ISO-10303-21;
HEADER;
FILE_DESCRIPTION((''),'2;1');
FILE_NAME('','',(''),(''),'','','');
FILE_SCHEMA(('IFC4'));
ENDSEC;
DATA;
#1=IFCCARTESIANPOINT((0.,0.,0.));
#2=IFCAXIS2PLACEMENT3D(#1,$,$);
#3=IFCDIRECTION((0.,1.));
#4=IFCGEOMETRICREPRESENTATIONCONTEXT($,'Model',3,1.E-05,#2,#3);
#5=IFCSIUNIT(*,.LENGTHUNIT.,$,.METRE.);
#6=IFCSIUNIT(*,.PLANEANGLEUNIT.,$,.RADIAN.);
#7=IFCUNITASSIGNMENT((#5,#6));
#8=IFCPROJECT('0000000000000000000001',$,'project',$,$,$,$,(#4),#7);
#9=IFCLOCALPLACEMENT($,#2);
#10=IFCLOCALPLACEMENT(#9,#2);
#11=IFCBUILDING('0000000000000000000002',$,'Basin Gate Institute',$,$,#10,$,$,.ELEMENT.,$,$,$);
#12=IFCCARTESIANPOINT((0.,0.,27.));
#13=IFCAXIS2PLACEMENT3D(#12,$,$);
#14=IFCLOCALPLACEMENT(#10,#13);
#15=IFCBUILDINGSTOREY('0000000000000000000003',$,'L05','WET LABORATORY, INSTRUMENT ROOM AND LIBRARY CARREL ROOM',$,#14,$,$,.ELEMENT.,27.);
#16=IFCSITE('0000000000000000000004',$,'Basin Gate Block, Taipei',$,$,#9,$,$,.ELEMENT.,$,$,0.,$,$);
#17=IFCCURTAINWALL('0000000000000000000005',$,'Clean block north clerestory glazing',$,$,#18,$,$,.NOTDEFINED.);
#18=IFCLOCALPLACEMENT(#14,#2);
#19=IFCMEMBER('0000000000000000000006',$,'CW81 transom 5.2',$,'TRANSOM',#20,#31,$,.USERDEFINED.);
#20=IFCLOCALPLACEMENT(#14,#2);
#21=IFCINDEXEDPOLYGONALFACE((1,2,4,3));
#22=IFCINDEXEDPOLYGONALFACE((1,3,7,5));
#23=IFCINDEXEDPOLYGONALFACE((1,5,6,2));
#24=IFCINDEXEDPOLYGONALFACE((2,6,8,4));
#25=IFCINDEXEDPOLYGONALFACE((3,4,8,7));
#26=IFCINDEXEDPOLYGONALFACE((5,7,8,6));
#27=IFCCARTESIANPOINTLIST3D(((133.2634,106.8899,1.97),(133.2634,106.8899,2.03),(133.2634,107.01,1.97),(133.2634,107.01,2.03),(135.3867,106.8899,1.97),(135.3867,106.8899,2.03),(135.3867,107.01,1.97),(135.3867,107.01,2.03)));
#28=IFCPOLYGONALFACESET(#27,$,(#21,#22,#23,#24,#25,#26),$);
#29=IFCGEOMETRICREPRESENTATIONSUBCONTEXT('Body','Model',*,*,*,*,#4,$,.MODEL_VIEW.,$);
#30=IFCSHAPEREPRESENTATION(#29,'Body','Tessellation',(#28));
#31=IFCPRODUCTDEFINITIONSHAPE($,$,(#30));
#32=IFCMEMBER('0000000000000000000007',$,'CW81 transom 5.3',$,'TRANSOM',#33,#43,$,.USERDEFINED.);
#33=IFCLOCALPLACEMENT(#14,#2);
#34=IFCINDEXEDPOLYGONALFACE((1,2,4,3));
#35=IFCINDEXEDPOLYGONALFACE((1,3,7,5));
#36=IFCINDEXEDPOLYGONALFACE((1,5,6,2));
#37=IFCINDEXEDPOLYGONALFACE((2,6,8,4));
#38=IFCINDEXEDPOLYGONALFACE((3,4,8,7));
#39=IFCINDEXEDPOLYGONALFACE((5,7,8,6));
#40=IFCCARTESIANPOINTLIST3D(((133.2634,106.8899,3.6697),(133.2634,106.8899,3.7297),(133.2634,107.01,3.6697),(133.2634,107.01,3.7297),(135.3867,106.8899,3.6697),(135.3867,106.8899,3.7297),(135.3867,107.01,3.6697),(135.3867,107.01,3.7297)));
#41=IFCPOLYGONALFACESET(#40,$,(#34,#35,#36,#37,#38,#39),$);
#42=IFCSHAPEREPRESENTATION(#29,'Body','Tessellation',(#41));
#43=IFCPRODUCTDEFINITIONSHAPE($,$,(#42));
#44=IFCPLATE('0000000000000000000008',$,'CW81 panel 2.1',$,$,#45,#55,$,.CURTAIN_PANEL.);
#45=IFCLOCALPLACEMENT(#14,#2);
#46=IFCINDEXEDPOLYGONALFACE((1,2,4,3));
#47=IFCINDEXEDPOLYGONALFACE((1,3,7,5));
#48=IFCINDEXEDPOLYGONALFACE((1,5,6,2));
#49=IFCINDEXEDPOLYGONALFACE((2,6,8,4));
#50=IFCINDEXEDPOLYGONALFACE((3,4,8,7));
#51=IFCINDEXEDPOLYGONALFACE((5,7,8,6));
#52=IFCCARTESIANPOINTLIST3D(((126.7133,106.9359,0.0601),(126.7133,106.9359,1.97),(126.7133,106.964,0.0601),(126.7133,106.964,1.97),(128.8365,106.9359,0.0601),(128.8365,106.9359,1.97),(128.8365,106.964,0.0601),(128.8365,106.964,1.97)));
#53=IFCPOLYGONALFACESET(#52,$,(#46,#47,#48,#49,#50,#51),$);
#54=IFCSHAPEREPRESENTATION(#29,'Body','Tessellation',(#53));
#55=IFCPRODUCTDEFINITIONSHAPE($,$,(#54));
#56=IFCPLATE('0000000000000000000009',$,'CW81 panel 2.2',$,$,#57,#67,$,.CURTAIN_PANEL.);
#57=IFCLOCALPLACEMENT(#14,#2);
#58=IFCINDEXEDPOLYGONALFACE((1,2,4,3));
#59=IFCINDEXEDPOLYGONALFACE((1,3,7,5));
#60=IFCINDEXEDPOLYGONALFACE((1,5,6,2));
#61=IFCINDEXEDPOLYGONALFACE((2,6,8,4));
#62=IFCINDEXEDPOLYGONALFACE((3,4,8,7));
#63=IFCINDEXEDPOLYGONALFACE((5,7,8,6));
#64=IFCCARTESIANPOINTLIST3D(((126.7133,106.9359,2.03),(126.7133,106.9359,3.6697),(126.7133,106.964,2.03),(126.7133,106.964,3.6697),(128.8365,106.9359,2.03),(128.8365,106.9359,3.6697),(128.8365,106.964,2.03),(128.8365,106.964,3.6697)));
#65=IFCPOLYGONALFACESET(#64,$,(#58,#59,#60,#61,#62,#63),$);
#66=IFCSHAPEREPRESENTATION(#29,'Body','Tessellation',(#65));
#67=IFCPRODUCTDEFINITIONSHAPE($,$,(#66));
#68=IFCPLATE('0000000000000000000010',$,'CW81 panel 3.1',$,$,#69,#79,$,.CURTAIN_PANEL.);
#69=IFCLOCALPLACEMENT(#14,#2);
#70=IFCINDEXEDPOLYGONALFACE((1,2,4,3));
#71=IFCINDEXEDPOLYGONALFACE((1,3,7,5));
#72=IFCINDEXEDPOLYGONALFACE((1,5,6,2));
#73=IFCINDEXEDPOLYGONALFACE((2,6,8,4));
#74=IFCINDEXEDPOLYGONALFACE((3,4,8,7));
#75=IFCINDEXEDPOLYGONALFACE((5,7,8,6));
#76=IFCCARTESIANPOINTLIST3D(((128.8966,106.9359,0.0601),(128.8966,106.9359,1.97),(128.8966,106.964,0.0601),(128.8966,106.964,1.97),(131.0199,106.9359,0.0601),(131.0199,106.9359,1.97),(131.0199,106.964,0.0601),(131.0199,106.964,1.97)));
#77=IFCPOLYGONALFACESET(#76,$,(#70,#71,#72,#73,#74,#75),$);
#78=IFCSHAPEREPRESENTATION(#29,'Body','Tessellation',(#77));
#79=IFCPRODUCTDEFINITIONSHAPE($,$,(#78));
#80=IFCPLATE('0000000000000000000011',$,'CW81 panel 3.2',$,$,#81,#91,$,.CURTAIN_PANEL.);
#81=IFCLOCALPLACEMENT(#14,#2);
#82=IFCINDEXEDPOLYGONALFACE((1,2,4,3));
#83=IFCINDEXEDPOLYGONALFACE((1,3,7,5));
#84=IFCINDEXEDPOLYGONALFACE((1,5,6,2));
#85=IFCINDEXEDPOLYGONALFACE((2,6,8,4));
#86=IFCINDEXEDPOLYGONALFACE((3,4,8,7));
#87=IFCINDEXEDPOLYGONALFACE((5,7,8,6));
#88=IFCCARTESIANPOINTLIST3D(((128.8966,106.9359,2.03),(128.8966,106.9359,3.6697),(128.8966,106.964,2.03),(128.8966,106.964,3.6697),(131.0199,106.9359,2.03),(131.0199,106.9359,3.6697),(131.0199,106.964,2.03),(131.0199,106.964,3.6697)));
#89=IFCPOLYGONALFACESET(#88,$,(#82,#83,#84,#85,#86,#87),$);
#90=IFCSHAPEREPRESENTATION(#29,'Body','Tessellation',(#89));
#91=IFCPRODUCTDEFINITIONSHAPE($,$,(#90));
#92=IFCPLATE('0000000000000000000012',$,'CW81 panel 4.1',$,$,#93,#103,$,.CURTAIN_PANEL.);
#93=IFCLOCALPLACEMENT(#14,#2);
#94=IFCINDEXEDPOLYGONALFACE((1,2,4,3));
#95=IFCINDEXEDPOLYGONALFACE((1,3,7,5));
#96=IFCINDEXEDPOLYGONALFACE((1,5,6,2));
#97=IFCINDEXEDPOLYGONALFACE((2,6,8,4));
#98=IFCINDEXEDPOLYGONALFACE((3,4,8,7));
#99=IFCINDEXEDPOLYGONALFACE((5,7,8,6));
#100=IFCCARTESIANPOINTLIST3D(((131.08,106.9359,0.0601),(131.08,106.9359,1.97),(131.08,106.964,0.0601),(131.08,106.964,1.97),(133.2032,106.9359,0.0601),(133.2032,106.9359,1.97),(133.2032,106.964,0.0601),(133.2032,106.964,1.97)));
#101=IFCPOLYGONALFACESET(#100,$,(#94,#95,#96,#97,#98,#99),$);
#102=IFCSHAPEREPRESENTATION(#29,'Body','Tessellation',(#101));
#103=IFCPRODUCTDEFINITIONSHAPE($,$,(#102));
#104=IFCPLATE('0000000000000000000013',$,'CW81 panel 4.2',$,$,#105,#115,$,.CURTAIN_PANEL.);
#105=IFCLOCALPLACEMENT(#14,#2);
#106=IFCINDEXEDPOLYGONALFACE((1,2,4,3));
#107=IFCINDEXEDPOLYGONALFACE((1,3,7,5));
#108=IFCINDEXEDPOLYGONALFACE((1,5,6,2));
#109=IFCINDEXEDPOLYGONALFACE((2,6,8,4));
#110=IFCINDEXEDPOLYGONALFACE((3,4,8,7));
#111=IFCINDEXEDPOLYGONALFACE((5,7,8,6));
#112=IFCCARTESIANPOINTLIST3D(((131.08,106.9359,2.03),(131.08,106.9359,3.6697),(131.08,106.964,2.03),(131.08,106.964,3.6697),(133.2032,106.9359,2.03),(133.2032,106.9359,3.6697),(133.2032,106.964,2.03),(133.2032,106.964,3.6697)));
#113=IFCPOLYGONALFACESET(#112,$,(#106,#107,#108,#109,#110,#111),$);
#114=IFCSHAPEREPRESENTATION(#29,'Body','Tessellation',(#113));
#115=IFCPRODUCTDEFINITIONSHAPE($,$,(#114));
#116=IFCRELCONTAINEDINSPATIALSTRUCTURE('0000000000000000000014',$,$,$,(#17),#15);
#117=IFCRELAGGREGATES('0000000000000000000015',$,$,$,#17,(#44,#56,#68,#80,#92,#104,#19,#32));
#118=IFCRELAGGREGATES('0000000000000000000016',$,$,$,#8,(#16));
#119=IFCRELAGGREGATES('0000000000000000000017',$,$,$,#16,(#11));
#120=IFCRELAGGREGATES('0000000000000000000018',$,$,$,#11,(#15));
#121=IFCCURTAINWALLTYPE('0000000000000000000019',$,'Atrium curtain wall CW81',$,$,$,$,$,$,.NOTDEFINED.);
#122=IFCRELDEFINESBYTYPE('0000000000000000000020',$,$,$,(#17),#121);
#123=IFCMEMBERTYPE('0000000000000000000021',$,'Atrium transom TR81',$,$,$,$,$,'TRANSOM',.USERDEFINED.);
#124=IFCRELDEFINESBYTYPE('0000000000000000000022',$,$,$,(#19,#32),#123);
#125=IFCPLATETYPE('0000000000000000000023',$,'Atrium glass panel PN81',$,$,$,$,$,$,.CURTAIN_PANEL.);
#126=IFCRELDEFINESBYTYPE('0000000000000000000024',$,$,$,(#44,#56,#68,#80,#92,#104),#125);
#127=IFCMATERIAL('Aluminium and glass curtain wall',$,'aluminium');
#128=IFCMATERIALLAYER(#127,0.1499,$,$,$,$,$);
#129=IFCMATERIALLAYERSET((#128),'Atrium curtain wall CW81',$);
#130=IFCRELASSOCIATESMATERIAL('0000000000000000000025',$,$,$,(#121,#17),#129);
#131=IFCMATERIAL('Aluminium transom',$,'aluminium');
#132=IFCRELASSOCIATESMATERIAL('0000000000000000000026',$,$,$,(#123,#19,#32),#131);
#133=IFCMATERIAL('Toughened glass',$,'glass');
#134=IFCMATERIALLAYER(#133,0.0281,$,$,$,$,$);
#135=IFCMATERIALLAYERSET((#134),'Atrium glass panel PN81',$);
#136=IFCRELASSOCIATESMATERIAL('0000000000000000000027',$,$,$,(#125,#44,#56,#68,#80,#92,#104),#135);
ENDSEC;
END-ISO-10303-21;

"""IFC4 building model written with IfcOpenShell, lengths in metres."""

from ifc_helpers import new_model, si_unit, direction, frame, origin, origin_2d, place, context, subcontext, project, spatial, rectangle, extrude, material, layer, layer_set, material_profile, profile_set, type_object, element, aggregate, save


model = new_model("IFC4")

# Units and contexts
model_context = context("Model", 3, precision=1e-05, world=origin(), true_north=direction((0.0, 1.0)))
body_context = subcontext(model_context, "Body", "Model", "MODEL_VIEW")
ifc_project = project(units=[si_unit("LENGTHUNIT", "METRE"), si_unit("PLANEANGLEUNIT", "RADIAN")], contexts=[model_context])

# Site, building, storey
site_placement = place(None, origin())
site = spatial("IfcSite", under=ifc_project, at=site_placement, Name="Basin Gate Block, Taipei", CompositionType="ELEMENT", RefElevation=0.0)
building_placement = place(site_placement, origin())
building = spatial("IfcBuilding", under=site, at=building_placement, Name="Basin Gate Institute", CompositionType="ELEMENT")
storey_placement = place(building_placement, frame((0.0, 0.0, 27.0)))
storey = spatial("IfcBuildingStorey", under=building, at=storey_placement, Name="L05", Description="WET LABORATORY, INSTRUMENT ROOM AND LIBRARY CARREL ROOM", CompositionType="ELEMENT", Elevation=27.0)

# Curtain wall, members, plates
ifc_material_1 = material(Name="Aluminium and glass curtain wall", Category="aluminium")
ifc_layer_1 = layer(ifc_material_1, 0.1499)
ifc_layer_set_1 = layer_set([ifc_layer_1], Name="Atrium curtain wall CW81")
curtain_wall_type = type_object("IfcCurtainWallType", Name="Atrium curtain wall CW81", PredefinedType="NOTDEFINED", material=ifc_layer_set_1)
curtain_wall_placement = place(storey_placement, origin())
curtain_wall = element("IfcCurtainWall", 1, at=curtain_wall_placement, inside=storey, type_object=curtain_wall_type, material=ifc_layer_set_1, Name="Clean block north clerestory glazing", PredefinedType="NOTDEFINED")
ifc_material_2 = material(Name="Aluminium transom", Category="aluminium")
ifc_material_profile_1 = material_profile(ifc_material_2, rectangle(XDim=0.1201, YDim=0.0601, at=origin_2d()), Name="Atrium transom TR81 120 x 60")
ifc_profile_set_1 = profile_set([ifc_material_profile_1], Name="Aluminium transom")
member_type_1 = type_object("IfcMemberType", Name="Atrium transom TR81", ElementType="TRANSOM", PredefinedType="USERDEFINED", material=ifc_profile_set_1)
member_1_placement = place(storey_placement, frame((133.2634, 106.95, 2.0), z_axis=(1.0, 0.0, 0.0), x_axis=(0.0, 1.0, 0.0)))
member_1 = element("IfcMember", 2, at=member_1_placement, type_object=member_type_1, material=ifc_profile_set_1, Name="CW81 transom 5.2", ObjectType="TRANSOM", PredefinedType="USERDEFINED", context=body_context, shape_type="SweptSolid", body=[
    extrude(rectangle(XDim=0.1201, YDim=0.0601, at=origin_2d()), origin(), (0.0, 0.0, 1.0), 2.1233),
])
member_2_placement = place(storey_placement, frame((133.2634, 106.95, 3.6997), z_axis=(1.0, 0.0, 0.0), x_axis=(0.0, 1.0, 0.0)))
member_2 = element("IfcMember", 3, at=member_2_placement, type_object=member_type_1, material=ifc_profile_set_1, Name="CW81 transom 5.3", ObjectType="TRANSOM", PredefinedType="USERDEFINED", context=body_context, shape_type="SweptSolid", body=[
    extrude(rectangle(XDim=0.1201, YDim=0.0601, at=origin_2d()), origin(), (0.0, 0.0, 1.0), 2.1233),
])
ifc_material_3 = material(Name="Toughened glass", Category="glass")
ifc_layer_2 = layer(ifc_material_3, 0.0281)
ifc_layer_set_2 = layer_set([ifc_layer_2], Name="Atrium glass panel PN81")
plate_type = type_object("IfcPlateType", Name="Atrium glass panel PN81", PredefinedType="CURTAIN_PANEL", material=ifc_layer_set_2)
plate_1_placement = place(storey_placement, frame((127.7749, 106.95, 0.0601), z_axis=(0.0, 0.0, 1.0), x_axis=(1.0, 0.0, 0.0)))
plate_1 = element("IfcPlate", 4, at=plate_1_placement, type_object=plate_type, material=ifc_layer_set_2, Name="CW81 panel 2.1", PredefinedType="CURTAIN_PANEL", context=body_context, shape_type="SweptSolid", body=[
    extrude(rectangle(XDim=2.1233, YDim=0.0281, at=origin_2d()), origin(), (0.0, 0.0, 1.0), 1.9099),
])
plate_2_placement = place(storey_placement, frame((127.7749, 106.95, 2.03), z_axis=(0.0, 0.0, 1.0), x_axis=(1.0, 0.0, 0.0)))
plate_2 = element("IfcPlate", 5, at=plate_2_placement, type_object=plate_type, material=ifc_layer_set_2, Name="CW81 panel 2.2", PredefinedType="CURTAIN_PANEL", context=body_context, shape_type="SweptSolid", body=[
    extrude(rectangle(XDim=2.1233, YDim=0.0281, at=origin_2d()), origin(), (0.0, 0.0, 1.0), 1.6396),
])
plate_3_placement = place(storey_placement, frame((129.9583, 106.95, 0.0601), z_axis=(0.0, 0.0, 1.0), x_axis=(1.0, 0.0, 0.0)))
plate_3 = element("IfcPlate", 6, at=plate_3_placement, type_object=plate_type, material=ifc_layer_set_2, Name="CW81 panel 3.1", PredefinedType="CURTAIN_PANEL", context=body_context, shape_type="SweptSolid", body=[
    extrude(rectangle(XDim=2.1233, YDim=0.0281, at=origin_2d()), origin(), (0.0, 0.0, 1.0), 1.9099),
])
plate_4_placement = place(storey_placement, frame((129.9583, 106.95, 2.03), z_axis=(0.0, 0.0, 1.0), x_axis=(1.0, 0.0, 0.0)))
plate_4 = element("IfcPlate", 7, at=plate_4_placement, type_object=plate_type, material=ifc_layer_set_2, Name="CW81 panel 3.2", PredefinedType="CURTAIN_PANEL", context=body_context, shape_type="SweptSolid", body=[
    extrude(rectangle(XDim=2.1233, YDim=0.0281, at=origin_2d()), origin(), (0.0, 0.0, 1.0), 1.6396),
])
plate_5_placement = place(storey_placement, frame((132.1416, 106.95, 0.0601), z_axis=(0.0, 0.0, 1.0), x_axis=(1.0, 0.0, 0.0)))
plate_5 = element("IfcPlate", 8, at=plate_5_placement, type_object=plate_type, material=ifc_layer_set_2, Name="CW81 panel 4.1", PredefinedType="CURTAIN_PANEL", context=body_context, shape_type="SweptSolid", body=[
    extrude(rectangle(XDim=2.1233, YDim=0.0281, at=origin_2d()), origin(), (0.0, 0.0, 1.0), 1.9099),
])
plate_6_placement = place(storey_placement, frame((132.1416, 106.95, 2.03), z_axis=(0.0, 0.0, 1.0), x_axis=(1.0, 0.0, 0.0)))
plate_6 = element("IfcPlate", 9, at=plate_6_placement, type_object=plate_type, material=ifc_layer_set_2, Name="CW81 panel 4.2", PredefinedType="CURTAIN_PANEL", context=body_context, shape_type="SweptSolid", body=[
    extrude(rectangle(XDim=2.1233, YDim=0.0281, at=origin_2d()), origin(), (0.0, 0.0, 1.0), 1.6396),
])
aggregate(curtain_wall, [plate_1, plate_2, plate_3, plate_4, plate_5, plate_6, member_1, member_2])

save(model, "model.ifc")
